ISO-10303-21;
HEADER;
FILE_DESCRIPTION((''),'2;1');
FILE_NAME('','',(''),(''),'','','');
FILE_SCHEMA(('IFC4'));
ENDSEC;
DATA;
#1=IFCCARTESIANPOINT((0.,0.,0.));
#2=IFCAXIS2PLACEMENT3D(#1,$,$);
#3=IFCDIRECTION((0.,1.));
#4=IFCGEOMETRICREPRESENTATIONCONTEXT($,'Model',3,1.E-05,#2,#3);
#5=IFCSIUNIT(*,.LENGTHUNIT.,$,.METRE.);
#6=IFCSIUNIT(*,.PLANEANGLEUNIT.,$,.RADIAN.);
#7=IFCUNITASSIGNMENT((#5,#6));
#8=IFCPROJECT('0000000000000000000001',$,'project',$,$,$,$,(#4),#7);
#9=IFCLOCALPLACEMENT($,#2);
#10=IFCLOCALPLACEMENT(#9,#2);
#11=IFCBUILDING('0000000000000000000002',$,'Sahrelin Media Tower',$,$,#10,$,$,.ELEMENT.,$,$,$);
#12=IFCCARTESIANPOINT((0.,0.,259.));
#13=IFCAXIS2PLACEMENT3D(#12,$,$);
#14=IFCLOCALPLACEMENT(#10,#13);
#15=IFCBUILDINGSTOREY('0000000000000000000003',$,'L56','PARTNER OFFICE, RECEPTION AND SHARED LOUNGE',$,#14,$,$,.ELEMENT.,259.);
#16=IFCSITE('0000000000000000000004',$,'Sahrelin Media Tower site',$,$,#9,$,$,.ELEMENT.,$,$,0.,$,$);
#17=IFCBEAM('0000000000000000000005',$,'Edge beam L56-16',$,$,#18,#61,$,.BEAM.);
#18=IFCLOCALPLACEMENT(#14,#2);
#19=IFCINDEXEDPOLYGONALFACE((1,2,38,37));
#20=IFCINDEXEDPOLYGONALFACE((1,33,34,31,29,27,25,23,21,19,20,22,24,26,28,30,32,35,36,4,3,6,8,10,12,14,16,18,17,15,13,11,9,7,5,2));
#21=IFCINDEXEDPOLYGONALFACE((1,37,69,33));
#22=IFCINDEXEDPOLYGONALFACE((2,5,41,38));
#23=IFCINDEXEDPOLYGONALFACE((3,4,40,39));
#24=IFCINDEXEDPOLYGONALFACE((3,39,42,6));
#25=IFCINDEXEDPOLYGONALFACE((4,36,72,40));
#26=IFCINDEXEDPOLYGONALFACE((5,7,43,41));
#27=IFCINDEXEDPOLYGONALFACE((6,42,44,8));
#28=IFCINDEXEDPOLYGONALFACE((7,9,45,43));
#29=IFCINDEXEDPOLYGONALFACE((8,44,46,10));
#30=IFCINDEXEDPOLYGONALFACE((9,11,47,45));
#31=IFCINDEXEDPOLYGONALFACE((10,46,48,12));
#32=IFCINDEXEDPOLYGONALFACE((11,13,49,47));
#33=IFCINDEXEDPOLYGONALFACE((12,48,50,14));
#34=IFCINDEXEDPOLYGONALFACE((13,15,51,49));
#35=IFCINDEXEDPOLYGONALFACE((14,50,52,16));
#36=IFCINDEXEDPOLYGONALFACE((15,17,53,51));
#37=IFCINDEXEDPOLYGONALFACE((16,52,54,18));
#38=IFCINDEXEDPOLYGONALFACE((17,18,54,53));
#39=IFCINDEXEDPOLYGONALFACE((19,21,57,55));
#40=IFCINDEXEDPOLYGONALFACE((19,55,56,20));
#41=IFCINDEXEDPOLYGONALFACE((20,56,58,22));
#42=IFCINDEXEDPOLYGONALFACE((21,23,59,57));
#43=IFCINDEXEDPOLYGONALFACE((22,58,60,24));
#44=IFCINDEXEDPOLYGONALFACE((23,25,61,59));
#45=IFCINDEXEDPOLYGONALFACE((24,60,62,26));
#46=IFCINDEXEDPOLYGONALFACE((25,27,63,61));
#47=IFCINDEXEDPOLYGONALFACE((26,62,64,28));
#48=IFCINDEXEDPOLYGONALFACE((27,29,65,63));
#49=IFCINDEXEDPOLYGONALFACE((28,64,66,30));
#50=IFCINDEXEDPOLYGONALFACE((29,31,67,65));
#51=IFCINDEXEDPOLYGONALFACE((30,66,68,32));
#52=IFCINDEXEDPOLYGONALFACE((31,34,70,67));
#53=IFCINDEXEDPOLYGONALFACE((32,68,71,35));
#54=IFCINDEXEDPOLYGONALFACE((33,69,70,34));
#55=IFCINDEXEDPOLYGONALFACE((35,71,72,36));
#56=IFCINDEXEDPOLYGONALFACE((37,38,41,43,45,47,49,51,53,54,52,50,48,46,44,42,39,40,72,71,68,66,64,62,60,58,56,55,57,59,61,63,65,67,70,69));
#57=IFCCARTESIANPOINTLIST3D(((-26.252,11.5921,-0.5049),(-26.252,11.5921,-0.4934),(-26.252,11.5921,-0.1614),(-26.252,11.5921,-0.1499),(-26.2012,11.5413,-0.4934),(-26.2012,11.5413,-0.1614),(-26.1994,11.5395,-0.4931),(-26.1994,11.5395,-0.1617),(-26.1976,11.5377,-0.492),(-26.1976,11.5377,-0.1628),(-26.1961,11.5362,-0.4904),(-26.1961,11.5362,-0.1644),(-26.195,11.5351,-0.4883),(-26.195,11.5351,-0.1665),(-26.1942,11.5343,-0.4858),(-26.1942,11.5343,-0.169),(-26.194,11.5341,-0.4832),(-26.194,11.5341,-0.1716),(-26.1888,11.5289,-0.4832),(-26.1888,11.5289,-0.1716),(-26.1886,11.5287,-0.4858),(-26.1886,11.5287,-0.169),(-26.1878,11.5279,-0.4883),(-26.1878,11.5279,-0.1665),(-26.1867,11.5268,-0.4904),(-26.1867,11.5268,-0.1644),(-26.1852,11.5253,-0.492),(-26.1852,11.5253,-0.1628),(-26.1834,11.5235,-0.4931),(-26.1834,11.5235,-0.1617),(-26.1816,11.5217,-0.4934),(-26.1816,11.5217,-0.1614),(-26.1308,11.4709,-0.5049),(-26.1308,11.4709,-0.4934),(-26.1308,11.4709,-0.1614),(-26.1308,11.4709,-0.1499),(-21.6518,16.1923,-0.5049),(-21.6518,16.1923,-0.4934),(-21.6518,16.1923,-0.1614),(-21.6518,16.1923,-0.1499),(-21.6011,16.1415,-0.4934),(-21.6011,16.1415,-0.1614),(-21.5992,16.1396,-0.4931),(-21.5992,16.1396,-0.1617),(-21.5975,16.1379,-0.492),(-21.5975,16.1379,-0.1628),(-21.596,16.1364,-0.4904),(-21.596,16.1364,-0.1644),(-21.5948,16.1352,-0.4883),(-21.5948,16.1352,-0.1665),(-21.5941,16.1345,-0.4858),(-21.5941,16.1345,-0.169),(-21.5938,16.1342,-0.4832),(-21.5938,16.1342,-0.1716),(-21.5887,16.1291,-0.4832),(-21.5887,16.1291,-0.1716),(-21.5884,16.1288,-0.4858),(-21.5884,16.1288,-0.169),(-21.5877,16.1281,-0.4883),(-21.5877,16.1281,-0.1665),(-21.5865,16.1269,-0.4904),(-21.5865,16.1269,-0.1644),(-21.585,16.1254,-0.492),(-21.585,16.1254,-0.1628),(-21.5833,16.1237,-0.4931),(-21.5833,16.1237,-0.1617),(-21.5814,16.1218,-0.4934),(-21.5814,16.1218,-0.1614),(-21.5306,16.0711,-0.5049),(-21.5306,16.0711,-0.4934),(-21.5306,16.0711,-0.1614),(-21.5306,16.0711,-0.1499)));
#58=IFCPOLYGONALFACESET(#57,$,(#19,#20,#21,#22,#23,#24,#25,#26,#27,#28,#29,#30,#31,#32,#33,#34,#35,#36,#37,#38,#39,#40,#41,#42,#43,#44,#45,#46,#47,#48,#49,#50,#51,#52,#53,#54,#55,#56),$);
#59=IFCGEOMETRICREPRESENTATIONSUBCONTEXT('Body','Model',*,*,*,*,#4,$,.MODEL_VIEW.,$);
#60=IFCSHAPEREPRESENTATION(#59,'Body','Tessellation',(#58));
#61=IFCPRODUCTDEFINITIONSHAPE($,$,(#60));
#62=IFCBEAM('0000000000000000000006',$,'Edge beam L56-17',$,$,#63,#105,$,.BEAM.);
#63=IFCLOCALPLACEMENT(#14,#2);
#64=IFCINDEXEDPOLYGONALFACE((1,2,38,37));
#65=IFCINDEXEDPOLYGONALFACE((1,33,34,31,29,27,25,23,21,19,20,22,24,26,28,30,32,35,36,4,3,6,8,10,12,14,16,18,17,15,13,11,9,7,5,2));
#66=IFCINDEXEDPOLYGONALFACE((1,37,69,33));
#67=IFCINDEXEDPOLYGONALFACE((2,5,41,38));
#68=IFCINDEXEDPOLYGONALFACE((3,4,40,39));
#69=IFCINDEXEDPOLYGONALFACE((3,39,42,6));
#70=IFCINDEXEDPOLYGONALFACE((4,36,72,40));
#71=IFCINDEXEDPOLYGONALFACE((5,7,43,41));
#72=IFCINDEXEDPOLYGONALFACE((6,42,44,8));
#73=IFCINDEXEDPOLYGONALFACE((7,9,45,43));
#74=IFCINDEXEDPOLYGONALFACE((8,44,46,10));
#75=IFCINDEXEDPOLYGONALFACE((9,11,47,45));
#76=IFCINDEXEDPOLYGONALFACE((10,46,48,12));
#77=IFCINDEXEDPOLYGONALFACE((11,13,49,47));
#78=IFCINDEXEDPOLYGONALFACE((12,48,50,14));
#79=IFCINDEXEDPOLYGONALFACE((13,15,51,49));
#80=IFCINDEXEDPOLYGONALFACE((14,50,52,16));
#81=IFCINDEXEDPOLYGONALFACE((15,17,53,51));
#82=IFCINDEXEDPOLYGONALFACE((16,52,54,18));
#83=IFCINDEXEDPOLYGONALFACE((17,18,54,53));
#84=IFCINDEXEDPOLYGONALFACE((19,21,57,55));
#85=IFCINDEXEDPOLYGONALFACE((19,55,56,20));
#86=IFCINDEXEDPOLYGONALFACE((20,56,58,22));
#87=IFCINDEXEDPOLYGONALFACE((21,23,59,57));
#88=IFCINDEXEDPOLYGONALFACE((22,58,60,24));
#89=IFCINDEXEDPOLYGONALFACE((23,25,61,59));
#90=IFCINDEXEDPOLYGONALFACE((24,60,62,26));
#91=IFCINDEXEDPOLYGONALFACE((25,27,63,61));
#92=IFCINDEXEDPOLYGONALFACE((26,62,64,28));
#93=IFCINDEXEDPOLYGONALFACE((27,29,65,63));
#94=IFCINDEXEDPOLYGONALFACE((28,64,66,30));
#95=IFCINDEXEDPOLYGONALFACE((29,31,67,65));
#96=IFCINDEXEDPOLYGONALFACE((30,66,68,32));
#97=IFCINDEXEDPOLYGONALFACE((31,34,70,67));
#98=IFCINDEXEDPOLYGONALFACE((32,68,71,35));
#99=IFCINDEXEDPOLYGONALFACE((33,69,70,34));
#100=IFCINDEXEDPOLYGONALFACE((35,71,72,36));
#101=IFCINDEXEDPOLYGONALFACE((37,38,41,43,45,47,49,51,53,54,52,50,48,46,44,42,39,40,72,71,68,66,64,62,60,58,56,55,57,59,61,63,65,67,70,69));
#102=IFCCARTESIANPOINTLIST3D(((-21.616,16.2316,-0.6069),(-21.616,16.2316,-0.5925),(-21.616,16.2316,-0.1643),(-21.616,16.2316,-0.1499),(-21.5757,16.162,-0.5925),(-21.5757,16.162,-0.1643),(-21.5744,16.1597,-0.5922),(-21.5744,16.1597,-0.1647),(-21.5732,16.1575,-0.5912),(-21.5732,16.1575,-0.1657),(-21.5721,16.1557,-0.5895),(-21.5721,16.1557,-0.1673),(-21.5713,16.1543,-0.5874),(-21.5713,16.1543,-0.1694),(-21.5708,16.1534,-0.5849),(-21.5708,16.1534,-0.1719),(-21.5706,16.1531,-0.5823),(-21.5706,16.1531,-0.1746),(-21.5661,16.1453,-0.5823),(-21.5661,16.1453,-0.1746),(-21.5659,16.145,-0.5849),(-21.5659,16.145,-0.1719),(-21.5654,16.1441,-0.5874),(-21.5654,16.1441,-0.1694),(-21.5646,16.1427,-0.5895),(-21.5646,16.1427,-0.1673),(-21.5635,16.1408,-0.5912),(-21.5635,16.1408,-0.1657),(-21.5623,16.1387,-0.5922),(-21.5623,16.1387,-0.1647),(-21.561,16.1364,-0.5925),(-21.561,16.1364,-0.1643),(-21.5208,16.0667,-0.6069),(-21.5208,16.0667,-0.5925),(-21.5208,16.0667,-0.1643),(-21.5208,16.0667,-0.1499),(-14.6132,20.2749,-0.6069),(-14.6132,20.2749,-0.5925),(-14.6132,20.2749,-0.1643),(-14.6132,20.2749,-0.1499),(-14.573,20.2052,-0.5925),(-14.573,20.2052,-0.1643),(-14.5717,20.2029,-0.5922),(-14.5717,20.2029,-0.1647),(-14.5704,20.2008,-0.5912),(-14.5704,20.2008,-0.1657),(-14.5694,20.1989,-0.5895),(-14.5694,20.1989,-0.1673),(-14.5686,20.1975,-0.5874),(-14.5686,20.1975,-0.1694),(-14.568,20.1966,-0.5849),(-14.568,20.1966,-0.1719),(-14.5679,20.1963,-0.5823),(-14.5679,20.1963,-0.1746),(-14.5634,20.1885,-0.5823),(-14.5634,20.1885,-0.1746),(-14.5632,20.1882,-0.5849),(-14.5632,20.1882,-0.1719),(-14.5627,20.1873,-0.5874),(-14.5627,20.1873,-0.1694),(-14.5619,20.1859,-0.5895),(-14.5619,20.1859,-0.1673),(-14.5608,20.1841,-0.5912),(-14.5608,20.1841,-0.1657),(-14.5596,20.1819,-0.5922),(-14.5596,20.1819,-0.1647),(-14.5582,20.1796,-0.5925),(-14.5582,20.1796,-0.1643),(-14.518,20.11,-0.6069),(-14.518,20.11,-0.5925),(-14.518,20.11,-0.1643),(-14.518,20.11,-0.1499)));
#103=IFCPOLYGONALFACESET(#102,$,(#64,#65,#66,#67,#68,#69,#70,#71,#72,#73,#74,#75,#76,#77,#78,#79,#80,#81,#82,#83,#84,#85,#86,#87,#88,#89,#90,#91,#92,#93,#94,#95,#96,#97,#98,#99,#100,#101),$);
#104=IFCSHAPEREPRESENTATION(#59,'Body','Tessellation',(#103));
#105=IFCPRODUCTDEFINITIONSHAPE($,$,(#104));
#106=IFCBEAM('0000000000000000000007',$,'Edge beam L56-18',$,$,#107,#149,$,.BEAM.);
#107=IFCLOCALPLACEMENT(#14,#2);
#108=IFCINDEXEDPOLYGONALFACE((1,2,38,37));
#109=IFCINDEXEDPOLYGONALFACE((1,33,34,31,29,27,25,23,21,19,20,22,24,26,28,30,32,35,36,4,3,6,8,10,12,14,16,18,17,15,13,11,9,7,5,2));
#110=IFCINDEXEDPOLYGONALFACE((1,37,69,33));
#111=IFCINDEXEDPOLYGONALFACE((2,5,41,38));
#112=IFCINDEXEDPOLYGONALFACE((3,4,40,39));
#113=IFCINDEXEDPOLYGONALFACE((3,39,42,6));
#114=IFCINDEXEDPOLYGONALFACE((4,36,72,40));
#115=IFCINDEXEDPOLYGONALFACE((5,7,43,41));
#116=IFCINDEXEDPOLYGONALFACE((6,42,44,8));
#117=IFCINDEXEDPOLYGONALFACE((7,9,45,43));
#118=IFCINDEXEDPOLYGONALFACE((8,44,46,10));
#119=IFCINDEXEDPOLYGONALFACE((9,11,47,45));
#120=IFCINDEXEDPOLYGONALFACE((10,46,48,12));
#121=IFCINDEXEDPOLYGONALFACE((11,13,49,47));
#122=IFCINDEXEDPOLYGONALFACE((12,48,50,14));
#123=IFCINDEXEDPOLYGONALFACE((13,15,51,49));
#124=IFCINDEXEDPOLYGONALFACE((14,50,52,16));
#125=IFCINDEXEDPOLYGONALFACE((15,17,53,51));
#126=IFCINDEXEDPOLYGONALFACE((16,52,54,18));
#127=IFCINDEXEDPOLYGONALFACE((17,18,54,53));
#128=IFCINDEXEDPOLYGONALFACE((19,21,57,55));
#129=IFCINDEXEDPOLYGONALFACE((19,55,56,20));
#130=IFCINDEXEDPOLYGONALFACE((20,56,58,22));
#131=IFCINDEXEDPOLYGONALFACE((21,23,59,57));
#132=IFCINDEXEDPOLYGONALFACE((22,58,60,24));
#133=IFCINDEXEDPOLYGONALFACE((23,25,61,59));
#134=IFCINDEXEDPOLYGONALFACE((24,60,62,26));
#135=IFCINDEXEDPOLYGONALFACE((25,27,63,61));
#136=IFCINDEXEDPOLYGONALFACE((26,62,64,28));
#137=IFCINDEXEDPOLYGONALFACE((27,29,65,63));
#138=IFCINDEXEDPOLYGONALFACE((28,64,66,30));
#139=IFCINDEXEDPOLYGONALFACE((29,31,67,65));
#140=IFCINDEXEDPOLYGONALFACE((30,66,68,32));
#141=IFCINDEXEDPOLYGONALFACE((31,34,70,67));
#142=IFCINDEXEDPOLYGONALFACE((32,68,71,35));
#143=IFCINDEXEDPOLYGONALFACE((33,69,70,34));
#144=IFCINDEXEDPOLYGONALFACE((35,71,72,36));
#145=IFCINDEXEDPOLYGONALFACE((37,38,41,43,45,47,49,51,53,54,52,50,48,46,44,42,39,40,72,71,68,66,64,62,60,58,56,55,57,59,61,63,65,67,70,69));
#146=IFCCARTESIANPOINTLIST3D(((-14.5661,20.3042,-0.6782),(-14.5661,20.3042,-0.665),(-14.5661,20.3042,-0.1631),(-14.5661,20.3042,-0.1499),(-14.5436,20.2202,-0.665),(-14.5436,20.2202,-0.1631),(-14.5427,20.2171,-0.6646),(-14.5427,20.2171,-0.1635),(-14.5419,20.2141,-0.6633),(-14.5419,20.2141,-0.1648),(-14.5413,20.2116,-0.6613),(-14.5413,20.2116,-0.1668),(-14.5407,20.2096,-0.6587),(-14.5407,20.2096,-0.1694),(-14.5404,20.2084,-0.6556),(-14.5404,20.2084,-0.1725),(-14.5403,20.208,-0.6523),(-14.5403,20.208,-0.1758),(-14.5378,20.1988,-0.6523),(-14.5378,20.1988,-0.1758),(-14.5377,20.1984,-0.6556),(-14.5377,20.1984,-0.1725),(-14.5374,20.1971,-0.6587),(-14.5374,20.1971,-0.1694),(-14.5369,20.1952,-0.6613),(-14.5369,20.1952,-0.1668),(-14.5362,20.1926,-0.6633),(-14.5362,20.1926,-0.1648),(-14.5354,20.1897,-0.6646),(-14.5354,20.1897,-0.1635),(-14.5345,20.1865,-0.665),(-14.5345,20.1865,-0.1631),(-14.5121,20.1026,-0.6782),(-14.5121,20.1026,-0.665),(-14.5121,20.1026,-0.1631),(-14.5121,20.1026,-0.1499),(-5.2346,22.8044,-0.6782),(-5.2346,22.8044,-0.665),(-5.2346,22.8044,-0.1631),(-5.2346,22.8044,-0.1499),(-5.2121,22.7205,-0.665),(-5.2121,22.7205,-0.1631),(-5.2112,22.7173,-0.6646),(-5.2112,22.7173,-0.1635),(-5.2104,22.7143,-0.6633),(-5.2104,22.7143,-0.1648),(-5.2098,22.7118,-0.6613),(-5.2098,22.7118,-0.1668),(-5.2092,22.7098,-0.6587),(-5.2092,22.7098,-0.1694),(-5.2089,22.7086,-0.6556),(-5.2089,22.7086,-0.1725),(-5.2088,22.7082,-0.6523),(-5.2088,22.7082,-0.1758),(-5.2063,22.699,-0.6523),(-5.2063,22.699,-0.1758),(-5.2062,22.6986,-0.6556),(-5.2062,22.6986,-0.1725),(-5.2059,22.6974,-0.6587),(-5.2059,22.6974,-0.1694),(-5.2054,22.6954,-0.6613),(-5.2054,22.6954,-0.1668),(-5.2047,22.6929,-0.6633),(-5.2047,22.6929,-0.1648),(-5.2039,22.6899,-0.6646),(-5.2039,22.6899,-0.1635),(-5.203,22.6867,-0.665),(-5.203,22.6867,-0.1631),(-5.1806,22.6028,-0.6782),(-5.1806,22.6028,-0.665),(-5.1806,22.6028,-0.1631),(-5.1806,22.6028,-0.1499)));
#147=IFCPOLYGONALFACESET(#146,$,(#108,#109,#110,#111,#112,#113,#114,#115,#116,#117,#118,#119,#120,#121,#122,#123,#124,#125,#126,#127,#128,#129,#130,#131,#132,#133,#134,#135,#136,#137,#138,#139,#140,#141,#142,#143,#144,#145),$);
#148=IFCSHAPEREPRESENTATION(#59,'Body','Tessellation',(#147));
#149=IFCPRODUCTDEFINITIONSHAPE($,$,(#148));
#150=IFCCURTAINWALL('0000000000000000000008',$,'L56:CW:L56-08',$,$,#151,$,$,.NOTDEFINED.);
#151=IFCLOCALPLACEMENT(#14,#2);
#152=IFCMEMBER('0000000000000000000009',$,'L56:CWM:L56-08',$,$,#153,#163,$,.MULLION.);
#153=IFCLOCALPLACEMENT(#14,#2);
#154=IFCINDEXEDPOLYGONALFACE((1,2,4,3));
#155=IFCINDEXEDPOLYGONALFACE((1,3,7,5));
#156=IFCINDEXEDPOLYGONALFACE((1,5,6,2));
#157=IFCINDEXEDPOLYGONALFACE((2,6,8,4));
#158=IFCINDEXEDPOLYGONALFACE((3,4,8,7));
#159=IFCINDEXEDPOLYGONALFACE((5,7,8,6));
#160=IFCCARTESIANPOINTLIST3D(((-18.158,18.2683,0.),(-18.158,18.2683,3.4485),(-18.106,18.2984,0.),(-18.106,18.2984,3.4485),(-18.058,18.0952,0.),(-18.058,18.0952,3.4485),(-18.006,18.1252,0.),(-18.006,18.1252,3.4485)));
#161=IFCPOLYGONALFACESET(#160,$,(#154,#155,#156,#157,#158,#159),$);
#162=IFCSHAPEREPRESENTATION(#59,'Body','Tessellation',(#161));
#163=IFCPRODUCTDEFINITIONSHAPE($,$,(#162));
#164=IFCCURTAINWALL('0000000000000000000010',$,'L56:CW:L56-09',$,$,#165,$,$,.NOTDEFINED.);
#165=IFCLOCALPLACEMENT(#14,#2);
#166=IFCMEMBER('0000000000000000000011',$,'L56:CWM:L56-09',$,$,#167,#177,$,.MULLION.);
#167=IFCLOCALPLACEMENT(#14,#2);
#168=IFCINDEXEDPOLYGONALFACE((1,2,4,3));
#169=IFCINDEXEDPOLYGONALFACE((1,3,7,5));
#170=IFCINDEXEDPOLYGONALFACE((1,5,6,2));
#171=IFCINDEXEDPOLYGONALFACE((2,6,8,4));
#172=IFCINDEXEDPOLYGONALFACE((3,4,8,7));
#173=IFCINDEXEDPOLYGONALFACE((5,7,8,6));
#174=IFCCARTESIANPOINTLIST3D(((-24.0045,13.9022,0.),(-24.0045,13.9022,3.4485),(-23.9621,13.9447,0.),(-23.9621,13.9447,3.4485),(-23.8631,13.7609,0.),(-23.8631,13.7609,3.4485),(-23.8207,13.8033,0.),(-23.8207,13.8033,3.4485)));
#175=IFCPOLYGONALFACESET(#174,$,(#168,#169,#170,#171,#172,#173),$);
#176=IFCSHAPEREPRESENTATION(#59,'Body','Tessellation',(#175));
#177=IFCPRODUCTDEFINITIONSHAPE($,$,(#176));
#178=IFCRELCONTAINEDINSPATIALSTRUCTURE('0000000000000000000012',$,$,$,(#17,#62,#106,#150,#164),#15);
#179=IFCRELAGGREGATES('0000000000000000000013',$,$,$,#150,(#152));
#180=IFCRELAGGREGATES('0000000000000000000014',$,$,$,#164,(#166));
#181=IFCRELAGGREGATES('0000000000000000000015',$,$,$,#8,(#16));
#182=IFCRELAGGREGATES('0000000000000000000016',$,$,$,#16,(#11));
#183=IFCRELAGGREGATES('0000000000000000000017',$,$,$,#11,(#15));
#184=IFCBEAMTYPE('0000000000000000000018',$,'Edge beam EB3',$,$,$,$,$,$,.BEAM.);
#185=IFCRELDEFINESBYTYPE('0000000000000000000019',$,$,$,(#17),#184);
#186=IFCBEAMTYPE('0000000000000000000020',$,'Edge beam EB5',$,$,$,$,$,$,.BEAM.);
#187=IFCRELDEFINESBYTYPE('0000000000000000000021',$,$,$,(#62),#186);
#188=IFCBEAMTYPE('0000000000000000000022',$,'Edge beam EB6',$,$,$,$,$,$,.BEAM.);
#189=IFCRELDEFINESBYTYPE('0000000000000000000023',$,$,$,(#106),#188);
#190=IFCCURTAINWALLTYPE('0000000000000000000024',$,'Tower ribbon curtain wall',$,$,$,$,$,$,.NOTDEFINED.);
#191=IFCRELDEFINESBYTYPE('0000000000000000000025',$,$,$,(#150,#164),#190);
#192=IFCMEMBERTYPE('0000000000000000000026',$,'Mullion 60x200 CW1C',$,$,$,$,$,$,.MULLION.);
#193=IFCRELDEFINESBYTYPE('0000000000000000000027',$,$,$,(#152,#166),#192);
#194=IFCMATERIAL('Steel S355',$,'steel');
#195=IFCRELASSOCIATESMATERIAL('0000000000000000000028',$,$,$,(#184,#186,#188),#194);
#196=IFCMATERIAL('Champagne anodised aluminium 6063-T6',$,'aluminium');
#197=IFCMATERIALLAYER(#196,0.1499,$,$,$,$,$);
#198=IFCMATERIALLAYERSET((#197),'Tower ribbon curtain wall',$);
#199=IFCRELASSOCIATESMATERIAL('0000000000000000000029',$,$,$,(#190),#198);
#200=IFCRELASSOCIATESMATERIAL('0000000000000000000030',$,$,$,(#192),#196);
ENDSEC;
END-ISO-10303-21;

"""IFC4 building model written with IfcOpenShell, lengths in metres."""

from ifc_helpers import new_model, si_unit, direction, frame, origin, origin_2d, place, context, subcontext, project, spatial, rectangle, i_section, extrude, material, layer, layer_set, material_profile, profile_set, type_object, element, aggregate, save


model = new_model("IFC4")

# Units and contexts
model_context = context("Model", 3, precision=1e-05, world=origin(), true_north=direction((0.0, 1.0)))
body_context = subcontext(model_context, "Body", "Model", "MODEL_VIEW")
ifc_project = project(units=[si_unit("LENGTHUNIT", "METRE"), si_unit("PLANEANGLEUNIT", "RADIAN")], contexts=[model_context])

# Site, building, storey
site_placement = place(None, origin())
site = spatial("IfcSite", under=ifc_project, at=site_placement, Name="Sahrelin Media Tower site", CompositionType="ELEMENT", RefElevation=0.0)
building_placement = place(site_placement, origin())
building = spatial("IfcBuilding", under=site, at=building_placement, Name="Sahrelin Media Tower", CompositionType="ELEMENT")
storey_placement = place(building_placement, frame((0.0, 0.0, 259.0)))
storey = spatial("IfcBuildingStorey", under=building, at=storey_placement, Name="L56", Description="PARTNER OFFICE, RECEPTION AND SHARED LOUNGE", CompositionType="ELEMENT", Elevation=259.0)

# Beams
ifc_material_1 = material(Name="Steel S355", Category="steel")
ifc_material_profile_1 = material_profile(ifc_material_1, i_section(OverallWidth=0.1714, OverallDepth=0.355, WebThickness=0.0073, FlangeThickness=0.0115, FilletRadius=0.0103, at=origin_2d()), Name="UB 356x171x51")
ifc_profile_set_1 = profile_set([ifc_material_profile_1], Name="Steel S355")
beam_type_1 = type_object("IfcBeamType", Name="Edge beam EB3", PredefinedType="BEAM", material=ifc_profile_set_1)
beam_1_placement = place(storey_placement, frame((-26.1914, 11.5315, -0.3274), z_axis=(0.707107, 0.707107, 0.0), x_axis=(-0.707107, 0.707107, 0.0)))
element("IfcBeam", 1, at=beam_1_placement, inside=storey, type_object=beam_type_1, Name="Edge beam L56-16", PredefinedType="BEAM", context=body_context, shape_type="SweptSolid", body=[
    extrude(i_section(OverallWidth=0.1714, OverallDepth=0.355, WebThickness=0.0073, FlangeThickness=0.0115, FilletRadius=0.0103, at=origin_2d()), origin(), (0.0, 0.0, 1.0), 6.5056),
])
ifc_material_profile_2 = material_profile(ifc_material_1, i_section(OverallWidth=0.1904, OverallDepth=0.457, WebThickness=0.009, FlangeThickness=0.0144, FilletRadius=0.0103, at=origin_2d()), Name="UB 457x191x74")
ifc_profile_set_2 = profile_set([ifc_material_profile_2], Name="Steel S355")
beam_type_2 = type_object("IfcBeamType", Name="Edge beam EB5", PredefinedType="BEAM", material=ifc_profile_set_2)
beam_2_placement = place(storey_placement, frame((-21.5684, 16.1492, -0.3784), z_axis=(0.866014, 0.50002, 0.0), x_axis=(-0.50002, 0.866014, 0.0)))
element("IfcBeam", 2, at=beam_2_placement, inside=storey, type_object=beam_type_2, Name="Edge beam L56-17", PredefinedType="BEAM", context=body_context, shape_type="SweptSolid", body=[
    extrude(i_section(OverallWidth=0.1904, OverallDepth=0.457, WebThickness=0.009, FlangeThickness=0.0144, FilletRadius=0.0103, at=origin_2d()), origin(), (0.0, 0.0, 1.0), 8.0862),
])
ifc_material_profile_3 = material_profile(ifc_material_1, i_section(OverallWidth=0.2087, OverallDepth=0.5283, WebThickness=0.0095, FlangeThickness=0.0132, FilletRadius=0.0127, at=origin_2d()), Name="UB 533x210x82")
ifc_profile_set_3 = profile_set([ifc_material_profile_3], Name="Steel S355")
beam_type_3 = type_object("IfcBeamType", Name="Edge beam EB6", PredefinedType="BEAM", material=ifc_profile_set_3)
beam_3_placement = place(storey_placement, frame((-14.5391, 20.2034, -0.4141), z_axis=(0.965929, 0.258806, 0.0), x_axis=(-0.258806, 0.965929, 0.0)))
element("IfcBeam", 3, at=beam_3_placement, inside=storey, type_object=beam_type_3, Name="Edge beam L56-18", PredefinedType="BEAM", context=body_context, shape_type="SweptSolid", body=[
    extrude(i_section(OverallWidth=0.2087, OverallDepth=0.5283, WebThickness=0.0095, FlangeThickness=0.0132, FilletRadius=0.0127, at=origin_2d()), origin(), (0.0, 0.0, 1.0), 9.6606),
])

# Curtain walls, members
ifc_material_2 = material(Name="Champagne anodised aluminium 6063-T6", Category="aluminium")
ifc_layer_1 = layer(ifc_material_2, 0.1499)
ifc_layer_set_1 = layer_set([ifc_layer_1], Name="Tower ribbon curtain wall")
curtain_wall_type = type_object("IfcCurtainWallType", Name="Tower ribbon curtain wall", PredefinedType="NOTDEFINED", material=ifc_layer_set_1)
curtain_wall_1_placement = place(storey_placement, frame((-18.1421, 18.3005, 0.0), z_axis=(0.0, 0.0, 1.0), x_axis=(1.0, 0.0, 0.0)))
curtain_wall_1 = element("IfcCurtainWall", 4, at=curtain_wall_1_placement, inside=storey, type_object=curtain_wall_type, Name="L56:CW:L56-08", PredefinedType="NOTDEFINED")
ifc_material_profile_4 = material_profile(ifc_material_2, rectangle(XDim=0.0601, YDim=0.2, at=origin_2d()), Name="Mullion 60x200")
ifc_profile_set_4 = profile_set([ifc_material_profile_4], Name="Champagne anodised aluminium 6063-T6")
member_type_1 = type_object("IfcMemberType", Name="Mullion 60x200 CW1C", PredefinedType="MULLION", material=ifc_profile_set_4)
member_1_placement = place(storey_placement, frame((-18.082, 18.1968, 0.0), z_axis=(0.0, 0.0, 1.0), x_axis=(-0.86602, -0.500009, 0.0)))
member_1 = element("IfcMember", 5, at=member_1_placement, type_object=member_type_1, Name="L56:CWM:L56-08", PredefinedType="MULLION", context=body_context, shape_type="SweptSolid", body=[
    extrude(rectangle(XDim=0.0601, YDim=0.2, at=origin_2d()), origin(), (0.0, 0.0, 1.0), 3.4485),
])
curtain_wall_2_placement = place(storey_placement, frame((-23.9973, 13.9375, 0.0), z_axis=(0.0, 0.0, 1.0), x_axis=(1.0, 0.0, 0.0)))
curtain_wall_2 = element("IfcCurtainWall", 6, at=curtain_wall_2_placement, inside=storey, type_object=curtain_wall_type, Name="L56:CW:L56-09", PredefinedType="NOTDEFINED")
member_2_placement = place(storey_placement, frame((-23.9126, 13.8528, 0.0), z_axis=(0.0, 0.0, 1.0), x_axis=(-0.707107, -0.707107, 0.0)))
member_2 = element("IfcMember", 7, at=member_2_placement, type_object=member_type_1, Name="L56:CWM:L56-09", PredefinedType="MULLION", context=body_context, shape_type="SweptSolid", body=[
    extrude(rectangle(XDim=0.0601, YDim=0.2, at=origin_2d()), origin(), (0.0, 0.0, 1.0), 3.4485),
])

aggregate(curtain_wall_1, [member_1])
aggregate(curtain_wall_2, [member_2])

save(model, "model.ifc")
